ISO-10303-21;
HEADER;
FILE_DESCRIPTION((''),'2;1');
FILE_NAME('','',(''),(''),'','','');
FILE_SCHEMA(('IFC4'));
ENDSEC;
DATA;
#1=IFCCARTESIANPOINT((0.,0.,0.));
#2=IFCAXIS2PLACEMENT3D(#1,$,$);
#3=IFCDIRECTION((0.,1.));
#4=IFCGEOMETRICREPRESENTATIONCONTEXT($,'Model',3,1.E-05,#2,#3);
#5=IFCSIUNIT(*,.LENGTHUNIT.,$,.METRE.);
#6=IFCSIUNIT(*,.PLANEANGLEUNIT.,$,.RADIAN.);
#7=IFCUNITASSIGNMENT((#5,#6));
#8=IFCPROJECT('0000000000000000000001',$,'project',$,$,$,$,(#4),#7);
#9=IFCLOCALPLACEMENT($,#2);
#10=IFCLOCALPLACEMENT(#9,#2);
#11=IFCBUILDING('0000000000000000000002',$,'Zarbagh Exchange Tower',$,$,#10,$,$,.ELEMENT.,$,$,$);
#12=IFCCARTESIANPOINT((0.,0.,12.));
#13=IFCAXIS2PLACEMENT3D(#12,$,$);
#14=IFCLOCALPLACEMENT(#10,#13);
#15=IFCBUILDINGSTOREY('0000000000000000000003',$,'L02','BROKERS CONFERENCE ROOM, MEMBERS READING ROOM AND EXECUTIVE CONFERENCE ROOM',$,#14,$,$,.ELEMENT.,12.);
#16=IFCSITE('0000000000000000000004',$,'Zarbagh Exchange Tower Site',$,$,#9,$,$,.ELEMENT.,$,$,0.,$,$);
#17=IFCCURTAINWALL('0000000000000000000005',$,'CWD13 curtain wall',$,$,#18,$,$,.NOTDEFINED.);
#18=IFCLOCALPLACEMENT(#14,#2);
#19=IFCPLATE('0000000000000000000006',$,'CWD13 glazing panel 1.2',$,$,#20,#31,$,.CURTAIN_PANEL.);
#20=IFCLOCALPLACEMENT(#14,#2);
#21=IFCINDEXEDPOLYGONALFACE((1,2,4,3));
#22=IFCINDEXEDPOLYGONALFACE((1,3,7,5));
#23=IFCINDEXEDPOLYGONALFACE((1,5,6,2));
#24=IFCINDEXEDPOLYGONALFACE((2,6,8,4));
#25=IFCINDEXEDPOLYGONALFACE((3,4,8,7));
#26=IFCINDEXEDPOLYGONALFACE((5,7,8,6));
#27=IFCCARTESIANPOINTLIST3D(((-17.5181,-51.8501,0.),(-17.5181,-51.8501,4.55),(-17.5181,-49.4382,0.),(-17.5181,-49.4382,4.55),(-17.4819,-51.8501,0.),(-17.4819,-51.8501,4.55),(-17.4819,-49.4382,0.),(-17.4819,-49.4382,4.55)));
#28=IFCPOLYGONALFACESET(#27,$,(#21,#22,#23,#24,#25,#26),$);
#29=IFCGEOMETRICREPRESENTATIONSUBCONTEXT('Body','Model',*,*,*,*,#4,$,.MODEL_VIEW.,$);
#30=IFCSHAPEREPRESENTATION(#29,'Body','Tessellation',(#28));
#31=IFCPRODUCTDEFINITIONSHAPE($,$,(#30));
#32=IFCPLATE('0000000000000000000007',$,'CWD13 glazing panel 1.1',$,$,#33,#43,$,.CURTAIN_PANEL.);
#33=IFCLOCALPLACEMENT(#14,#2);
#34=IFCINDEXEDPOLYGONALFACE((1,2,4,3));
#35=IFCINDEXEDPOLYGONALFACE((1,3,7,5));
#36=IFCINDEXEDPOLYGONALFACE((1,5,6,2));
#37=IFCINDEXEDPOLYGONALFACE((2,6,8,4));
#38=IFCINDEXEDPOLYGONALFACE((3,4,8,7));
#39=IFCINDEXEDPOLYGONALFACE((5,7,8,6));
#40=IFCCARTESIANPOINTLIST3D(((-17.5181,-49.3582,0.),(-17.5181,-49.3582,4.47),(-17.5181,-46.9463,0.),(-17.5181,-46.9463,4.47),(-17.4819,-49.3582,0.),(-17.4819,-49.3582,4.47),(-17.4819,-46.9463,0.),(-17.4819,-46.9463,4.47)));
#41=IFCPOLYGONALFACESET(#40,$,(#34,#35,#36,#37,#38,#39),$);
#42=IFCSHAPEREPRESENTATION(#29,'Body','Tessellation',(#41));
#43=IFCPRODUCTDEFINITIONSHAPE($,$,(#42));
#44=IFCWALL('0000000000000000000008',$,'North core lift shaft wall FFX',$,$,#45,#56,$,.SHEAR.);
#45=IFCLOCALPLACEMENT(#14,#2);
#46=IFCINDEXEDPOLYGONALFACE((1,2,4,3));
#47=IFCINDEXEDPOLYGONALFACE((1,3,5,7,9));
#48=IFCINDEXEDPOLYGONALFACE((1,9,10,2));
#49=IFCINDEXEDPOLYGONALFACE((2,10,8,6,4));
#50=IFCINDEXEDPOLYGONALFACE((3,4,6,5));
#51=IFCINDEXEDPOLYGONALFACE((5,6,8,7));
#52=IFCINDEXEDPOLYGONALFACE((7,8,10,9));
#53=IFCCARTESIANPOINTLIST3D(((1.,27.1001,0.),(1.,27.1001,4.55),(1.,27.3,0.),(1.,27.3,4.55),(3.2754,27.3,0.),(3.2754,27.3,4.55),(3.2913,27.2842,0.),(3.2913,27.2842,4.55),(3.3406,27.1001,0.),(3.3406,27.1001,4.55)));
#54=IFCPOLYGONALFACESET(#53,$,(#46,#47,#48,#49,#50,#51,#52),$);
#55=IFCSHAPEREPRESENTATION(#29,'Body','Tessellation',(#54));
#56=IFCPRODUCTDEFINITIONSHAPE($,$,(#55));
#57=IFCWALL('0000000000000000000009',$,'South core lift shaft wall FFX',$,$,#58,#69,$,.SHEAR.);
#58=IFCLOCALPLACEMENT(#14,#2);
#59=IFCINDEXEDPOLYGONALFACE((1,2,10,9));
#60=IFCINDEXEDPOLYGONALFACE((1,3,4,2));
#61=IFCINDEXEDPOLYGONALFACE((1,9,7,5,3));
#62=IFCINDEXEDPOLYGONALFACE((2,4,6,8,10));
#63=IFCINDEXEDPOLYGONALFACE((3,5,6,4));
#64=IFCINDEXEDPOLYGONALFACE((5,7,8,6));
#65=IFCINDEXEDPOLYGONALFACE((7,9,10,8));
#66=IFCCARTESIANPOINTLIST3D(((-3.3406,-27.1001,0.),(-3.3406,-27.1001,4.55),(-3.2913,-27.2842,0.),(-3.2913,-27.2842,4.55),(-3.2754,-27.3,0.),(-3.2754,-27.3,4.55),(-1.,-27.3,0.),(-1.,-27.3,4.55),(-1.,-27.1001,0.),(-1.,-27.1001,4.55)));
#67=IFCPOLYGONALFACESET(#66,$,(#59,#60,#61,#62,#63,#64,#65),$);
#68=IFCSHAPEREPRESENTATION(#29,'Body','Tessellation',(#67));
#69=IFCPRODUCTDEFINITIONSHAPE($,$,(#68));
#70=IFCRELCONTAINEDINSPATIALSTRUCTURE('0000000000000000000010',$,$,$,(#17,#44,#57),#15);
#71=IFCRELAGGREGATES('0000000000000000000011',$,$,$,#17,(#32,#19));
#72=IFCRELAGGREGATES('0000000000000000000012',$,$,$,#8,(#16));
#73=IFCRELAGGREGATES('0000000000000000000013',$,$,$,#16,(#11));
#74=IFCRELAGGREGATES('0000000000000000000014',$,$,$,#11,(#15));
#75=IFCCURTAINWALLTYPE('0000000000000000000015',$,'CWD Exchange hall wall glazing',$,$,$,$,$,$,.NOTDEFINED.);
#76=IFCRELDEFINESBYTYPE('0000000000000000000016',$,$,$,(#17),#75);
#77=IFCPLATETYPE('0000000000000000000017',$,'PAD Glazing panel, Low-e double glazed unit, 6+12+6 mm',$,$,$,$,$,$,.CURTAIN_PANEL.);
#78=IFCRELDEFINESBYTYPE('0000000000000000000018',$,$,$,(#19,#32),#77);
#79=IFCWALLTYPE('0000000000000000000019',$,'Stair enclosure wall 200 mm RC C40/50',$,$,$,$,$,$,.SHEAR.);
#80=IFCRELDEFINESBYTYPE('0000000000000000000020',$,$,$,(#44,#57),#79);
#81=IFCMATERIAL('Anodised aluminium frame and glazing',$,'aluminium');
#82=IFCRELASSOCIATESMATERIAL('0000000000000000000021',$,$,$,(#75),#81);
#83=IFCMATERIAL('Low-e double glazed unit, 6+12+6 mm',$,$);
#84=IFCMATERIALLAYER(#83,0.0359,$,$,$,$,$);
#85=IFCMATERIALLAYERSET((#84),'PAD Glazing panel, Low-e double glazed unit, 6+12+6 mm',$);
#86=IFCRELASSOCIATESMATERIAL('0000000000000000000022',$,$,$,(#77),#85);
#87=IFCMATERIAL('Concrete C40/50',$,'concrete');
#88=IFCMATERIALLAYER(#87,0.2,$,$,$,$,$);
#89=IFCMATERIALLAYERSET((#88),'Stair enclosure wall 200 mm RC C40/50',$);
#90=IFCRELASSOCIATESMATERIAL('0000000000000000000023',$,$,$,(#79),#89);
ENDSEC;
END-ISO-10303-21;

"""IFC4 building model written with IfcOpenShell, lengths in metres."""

from ifc_helpers import new_model, si_unit, direction, frame, origin, place, context, subcontext, project, spatial, polyline, outline, extrude, source, transform, mapped, material, layer, layer_set, type_object, element, aggregate, save


model = new_model("IFC4")

# Units and contexts
model_context = context("Model", 3, precision=1e-05, world=origin(), true_north=direction((0.0, 1.0)))
body_context = subcontext(model_context, "Body", "Model", "MODEL_VIEW")
ifc_project = project(units=[si_unit("LENGTHUNIT", "METRE"), si_unit("PLANEANGLEUNIT", "RADIAN")], contexts=[model_context])

# Site, building, storey
site_placement = place(None, origin())
site = spatial("IfcSite", under=ifc_project, at=site_placement, Name="Zarbagh Exchange Tower Site", CompositionType="ELEMENT", RefElevation=0.0)
building_placement = place(site_placement, origin())
building = spatial("IfcBuilding", under=site, at=building_placement, Name="Zarbagh Exchange Tower", CompositionType="ELEMENT")
storey_placement = place(building_placement, frame((0.0, 0.0, 12.0)))
storey = spatial("IfcBuildingStorey", under=building, at=storey_placement, Name="L02", Description="BROKERS CONFERENCE ROOM, MEMBERS READING ROOM AND EXECUTIVE CONFERENCE ROOM", CompositionType="ELEMENT", Elevation=12.0)

# Curtain wall
ifc_material_1 = material(Name="Anodised aluminium frame and glazing", Category="aluminium")
curtain_wall_type = type_object("IfcCurtainWallType", Name="CWD Exchange hall wall glazing", PredefinedType="NOTDEFINED", material=ifc_material_1)
curtain_wall_1_placement = place(storey_placement, origin())
curtain_wall_1 = element("IfcCurtainWall", 1, at=curtain_wall_1_placement, inside=storey, type_object=curtain_wall_type, Name="CWD13 curtain wall", PredefinedType="NOTDEFINED")
placement = place(storey_placement, origin())

# Shared definitions
ifc_material_2 = material(Name="Concrete C40/50", Category="concrete")

# Shared definitions
ifc_material_3 = material(Name="Low-e double glazed unit, 6+12+6 mm")
ifc_layer_1 = layer(ifc_material_3, 0.0359)
ifc_layer_set_1 = layer_set([ifc_layer_1], Name="PAD Glazing panel, Low-e double glazed unit, 6+12+6 mm")
plate_type = type_object("IfcPlateType", Name="PAD Glazing panel, Low-e double glazed unit, 6+12+6 mm", PredefinedType="CURTAIN_PANEL", material=ifc_layer_set_1)

# Plates
shared_shape_1 = source(origin(), body_context, "Body", "SweptSolid", [
    extrude(outline(polyline([(0.0, -0.0181), (2.4119, -0.0181), (2.4119, 0.0181), (0.0, 0.0181), (0.0, -0.0181)])), origin(), (0.0, 0.0, 1.0), 4.55),
])
plate_1 = element("IfcPlate", 2, at=placement, type_object=plate_type, Name="CWD13 glazing panel 1.2", PredefinedType="CURTAIN_PANEL", context=body_context, shape_type="MappedRepresentation", body=[
    mapped(shared_shape_1, transform((-17.5, -49.4382, 0.0), x_axis=(0.0, -1.0, 0.0), y_axis=(1.0, 0.0, 0.0), z_axis=(0.0, 0.0, 1.0))),
])
shared_shape_2 = source(origin(), body_context, "Body", "SweptSolid", [
    extrude(outline(polyline([(0.0, -0.0181), (2.4119, -0.0181), (2.4119, 0.0181), (0.0, 0.0181), (0.0, -0.0181)])), origin(), (0.0, 0.0, 1.0), 4.47),
])
plate_2 = element("IfcPlate", 3, at=placement, type_object=plate_type, Name="CWD13 glazing panel 1.1", PredefinedType="CURTAIN_PANEL", context=body_context, shape_type="MappedRepresentation", body=[
    mapped(shared_shape_2, transform((-17.5, -46.9463, 0.0), x_axis=(0.0, -1.0, 0.0), y_axis=(1.0, 0.0, 0.0), z_axis=(0.0, 0.0, 1.0))),
])
aggregate(curtain_wall_1, [plate_2, plate_1])

# Walls
ifc_layer_2 = layer(ifc_material_2, 0.2)
ifc_layer_set_2 = layer_set([ifc_layer_2], Name="Stair enclosure wall 200 mm RC C40/50")
wall_type = type_object("IfcWallType", Name="Stair enclosure wall 200 mm RC C40/50", PredefinedType="SHEAR", material=ifc_layer_set_2)
wall_1_placement = place(storey_placement, origin())
element("IfcWall", 4, at=wall_1_placement, inside=storey, type_object=wall_type, Name="North core lift shaft wall FFX", PredefinedType="SHEAR", context=body_context, shape_type="SweptSolid", body=[
    extrude(outline(polyline([(1.0, 27.1001), (3.3406, 27.1001), (3.2913, 27.2842), (3.2754, 27.3), (1.0, 27.3), (1.0, 27.1001)])), origin(), (0.0, 0.0, 1.0), 4.55),
])
wall_2_placement = place(storey_placement, origin())
element("IfcWall", 5, at=wall_2_placement, inside=storey, type_object=wall_type, Name="South core lift shaft wall FFX", PredefinedType="SHEAR", context=body_context, shape_type="SweptSolid", body=[
    extrude(outline(polyline([(-1.0, -27.1001), (-3.3406, -27.1001), (-3.2913, -27.2842), (-3.2754, -27.3), (-1.0, -27.3), (-1.0, -27.1001)])), origin(), (0.0, 0.0, 1.0), 4.55),
])

save(model, "model.ifc")
